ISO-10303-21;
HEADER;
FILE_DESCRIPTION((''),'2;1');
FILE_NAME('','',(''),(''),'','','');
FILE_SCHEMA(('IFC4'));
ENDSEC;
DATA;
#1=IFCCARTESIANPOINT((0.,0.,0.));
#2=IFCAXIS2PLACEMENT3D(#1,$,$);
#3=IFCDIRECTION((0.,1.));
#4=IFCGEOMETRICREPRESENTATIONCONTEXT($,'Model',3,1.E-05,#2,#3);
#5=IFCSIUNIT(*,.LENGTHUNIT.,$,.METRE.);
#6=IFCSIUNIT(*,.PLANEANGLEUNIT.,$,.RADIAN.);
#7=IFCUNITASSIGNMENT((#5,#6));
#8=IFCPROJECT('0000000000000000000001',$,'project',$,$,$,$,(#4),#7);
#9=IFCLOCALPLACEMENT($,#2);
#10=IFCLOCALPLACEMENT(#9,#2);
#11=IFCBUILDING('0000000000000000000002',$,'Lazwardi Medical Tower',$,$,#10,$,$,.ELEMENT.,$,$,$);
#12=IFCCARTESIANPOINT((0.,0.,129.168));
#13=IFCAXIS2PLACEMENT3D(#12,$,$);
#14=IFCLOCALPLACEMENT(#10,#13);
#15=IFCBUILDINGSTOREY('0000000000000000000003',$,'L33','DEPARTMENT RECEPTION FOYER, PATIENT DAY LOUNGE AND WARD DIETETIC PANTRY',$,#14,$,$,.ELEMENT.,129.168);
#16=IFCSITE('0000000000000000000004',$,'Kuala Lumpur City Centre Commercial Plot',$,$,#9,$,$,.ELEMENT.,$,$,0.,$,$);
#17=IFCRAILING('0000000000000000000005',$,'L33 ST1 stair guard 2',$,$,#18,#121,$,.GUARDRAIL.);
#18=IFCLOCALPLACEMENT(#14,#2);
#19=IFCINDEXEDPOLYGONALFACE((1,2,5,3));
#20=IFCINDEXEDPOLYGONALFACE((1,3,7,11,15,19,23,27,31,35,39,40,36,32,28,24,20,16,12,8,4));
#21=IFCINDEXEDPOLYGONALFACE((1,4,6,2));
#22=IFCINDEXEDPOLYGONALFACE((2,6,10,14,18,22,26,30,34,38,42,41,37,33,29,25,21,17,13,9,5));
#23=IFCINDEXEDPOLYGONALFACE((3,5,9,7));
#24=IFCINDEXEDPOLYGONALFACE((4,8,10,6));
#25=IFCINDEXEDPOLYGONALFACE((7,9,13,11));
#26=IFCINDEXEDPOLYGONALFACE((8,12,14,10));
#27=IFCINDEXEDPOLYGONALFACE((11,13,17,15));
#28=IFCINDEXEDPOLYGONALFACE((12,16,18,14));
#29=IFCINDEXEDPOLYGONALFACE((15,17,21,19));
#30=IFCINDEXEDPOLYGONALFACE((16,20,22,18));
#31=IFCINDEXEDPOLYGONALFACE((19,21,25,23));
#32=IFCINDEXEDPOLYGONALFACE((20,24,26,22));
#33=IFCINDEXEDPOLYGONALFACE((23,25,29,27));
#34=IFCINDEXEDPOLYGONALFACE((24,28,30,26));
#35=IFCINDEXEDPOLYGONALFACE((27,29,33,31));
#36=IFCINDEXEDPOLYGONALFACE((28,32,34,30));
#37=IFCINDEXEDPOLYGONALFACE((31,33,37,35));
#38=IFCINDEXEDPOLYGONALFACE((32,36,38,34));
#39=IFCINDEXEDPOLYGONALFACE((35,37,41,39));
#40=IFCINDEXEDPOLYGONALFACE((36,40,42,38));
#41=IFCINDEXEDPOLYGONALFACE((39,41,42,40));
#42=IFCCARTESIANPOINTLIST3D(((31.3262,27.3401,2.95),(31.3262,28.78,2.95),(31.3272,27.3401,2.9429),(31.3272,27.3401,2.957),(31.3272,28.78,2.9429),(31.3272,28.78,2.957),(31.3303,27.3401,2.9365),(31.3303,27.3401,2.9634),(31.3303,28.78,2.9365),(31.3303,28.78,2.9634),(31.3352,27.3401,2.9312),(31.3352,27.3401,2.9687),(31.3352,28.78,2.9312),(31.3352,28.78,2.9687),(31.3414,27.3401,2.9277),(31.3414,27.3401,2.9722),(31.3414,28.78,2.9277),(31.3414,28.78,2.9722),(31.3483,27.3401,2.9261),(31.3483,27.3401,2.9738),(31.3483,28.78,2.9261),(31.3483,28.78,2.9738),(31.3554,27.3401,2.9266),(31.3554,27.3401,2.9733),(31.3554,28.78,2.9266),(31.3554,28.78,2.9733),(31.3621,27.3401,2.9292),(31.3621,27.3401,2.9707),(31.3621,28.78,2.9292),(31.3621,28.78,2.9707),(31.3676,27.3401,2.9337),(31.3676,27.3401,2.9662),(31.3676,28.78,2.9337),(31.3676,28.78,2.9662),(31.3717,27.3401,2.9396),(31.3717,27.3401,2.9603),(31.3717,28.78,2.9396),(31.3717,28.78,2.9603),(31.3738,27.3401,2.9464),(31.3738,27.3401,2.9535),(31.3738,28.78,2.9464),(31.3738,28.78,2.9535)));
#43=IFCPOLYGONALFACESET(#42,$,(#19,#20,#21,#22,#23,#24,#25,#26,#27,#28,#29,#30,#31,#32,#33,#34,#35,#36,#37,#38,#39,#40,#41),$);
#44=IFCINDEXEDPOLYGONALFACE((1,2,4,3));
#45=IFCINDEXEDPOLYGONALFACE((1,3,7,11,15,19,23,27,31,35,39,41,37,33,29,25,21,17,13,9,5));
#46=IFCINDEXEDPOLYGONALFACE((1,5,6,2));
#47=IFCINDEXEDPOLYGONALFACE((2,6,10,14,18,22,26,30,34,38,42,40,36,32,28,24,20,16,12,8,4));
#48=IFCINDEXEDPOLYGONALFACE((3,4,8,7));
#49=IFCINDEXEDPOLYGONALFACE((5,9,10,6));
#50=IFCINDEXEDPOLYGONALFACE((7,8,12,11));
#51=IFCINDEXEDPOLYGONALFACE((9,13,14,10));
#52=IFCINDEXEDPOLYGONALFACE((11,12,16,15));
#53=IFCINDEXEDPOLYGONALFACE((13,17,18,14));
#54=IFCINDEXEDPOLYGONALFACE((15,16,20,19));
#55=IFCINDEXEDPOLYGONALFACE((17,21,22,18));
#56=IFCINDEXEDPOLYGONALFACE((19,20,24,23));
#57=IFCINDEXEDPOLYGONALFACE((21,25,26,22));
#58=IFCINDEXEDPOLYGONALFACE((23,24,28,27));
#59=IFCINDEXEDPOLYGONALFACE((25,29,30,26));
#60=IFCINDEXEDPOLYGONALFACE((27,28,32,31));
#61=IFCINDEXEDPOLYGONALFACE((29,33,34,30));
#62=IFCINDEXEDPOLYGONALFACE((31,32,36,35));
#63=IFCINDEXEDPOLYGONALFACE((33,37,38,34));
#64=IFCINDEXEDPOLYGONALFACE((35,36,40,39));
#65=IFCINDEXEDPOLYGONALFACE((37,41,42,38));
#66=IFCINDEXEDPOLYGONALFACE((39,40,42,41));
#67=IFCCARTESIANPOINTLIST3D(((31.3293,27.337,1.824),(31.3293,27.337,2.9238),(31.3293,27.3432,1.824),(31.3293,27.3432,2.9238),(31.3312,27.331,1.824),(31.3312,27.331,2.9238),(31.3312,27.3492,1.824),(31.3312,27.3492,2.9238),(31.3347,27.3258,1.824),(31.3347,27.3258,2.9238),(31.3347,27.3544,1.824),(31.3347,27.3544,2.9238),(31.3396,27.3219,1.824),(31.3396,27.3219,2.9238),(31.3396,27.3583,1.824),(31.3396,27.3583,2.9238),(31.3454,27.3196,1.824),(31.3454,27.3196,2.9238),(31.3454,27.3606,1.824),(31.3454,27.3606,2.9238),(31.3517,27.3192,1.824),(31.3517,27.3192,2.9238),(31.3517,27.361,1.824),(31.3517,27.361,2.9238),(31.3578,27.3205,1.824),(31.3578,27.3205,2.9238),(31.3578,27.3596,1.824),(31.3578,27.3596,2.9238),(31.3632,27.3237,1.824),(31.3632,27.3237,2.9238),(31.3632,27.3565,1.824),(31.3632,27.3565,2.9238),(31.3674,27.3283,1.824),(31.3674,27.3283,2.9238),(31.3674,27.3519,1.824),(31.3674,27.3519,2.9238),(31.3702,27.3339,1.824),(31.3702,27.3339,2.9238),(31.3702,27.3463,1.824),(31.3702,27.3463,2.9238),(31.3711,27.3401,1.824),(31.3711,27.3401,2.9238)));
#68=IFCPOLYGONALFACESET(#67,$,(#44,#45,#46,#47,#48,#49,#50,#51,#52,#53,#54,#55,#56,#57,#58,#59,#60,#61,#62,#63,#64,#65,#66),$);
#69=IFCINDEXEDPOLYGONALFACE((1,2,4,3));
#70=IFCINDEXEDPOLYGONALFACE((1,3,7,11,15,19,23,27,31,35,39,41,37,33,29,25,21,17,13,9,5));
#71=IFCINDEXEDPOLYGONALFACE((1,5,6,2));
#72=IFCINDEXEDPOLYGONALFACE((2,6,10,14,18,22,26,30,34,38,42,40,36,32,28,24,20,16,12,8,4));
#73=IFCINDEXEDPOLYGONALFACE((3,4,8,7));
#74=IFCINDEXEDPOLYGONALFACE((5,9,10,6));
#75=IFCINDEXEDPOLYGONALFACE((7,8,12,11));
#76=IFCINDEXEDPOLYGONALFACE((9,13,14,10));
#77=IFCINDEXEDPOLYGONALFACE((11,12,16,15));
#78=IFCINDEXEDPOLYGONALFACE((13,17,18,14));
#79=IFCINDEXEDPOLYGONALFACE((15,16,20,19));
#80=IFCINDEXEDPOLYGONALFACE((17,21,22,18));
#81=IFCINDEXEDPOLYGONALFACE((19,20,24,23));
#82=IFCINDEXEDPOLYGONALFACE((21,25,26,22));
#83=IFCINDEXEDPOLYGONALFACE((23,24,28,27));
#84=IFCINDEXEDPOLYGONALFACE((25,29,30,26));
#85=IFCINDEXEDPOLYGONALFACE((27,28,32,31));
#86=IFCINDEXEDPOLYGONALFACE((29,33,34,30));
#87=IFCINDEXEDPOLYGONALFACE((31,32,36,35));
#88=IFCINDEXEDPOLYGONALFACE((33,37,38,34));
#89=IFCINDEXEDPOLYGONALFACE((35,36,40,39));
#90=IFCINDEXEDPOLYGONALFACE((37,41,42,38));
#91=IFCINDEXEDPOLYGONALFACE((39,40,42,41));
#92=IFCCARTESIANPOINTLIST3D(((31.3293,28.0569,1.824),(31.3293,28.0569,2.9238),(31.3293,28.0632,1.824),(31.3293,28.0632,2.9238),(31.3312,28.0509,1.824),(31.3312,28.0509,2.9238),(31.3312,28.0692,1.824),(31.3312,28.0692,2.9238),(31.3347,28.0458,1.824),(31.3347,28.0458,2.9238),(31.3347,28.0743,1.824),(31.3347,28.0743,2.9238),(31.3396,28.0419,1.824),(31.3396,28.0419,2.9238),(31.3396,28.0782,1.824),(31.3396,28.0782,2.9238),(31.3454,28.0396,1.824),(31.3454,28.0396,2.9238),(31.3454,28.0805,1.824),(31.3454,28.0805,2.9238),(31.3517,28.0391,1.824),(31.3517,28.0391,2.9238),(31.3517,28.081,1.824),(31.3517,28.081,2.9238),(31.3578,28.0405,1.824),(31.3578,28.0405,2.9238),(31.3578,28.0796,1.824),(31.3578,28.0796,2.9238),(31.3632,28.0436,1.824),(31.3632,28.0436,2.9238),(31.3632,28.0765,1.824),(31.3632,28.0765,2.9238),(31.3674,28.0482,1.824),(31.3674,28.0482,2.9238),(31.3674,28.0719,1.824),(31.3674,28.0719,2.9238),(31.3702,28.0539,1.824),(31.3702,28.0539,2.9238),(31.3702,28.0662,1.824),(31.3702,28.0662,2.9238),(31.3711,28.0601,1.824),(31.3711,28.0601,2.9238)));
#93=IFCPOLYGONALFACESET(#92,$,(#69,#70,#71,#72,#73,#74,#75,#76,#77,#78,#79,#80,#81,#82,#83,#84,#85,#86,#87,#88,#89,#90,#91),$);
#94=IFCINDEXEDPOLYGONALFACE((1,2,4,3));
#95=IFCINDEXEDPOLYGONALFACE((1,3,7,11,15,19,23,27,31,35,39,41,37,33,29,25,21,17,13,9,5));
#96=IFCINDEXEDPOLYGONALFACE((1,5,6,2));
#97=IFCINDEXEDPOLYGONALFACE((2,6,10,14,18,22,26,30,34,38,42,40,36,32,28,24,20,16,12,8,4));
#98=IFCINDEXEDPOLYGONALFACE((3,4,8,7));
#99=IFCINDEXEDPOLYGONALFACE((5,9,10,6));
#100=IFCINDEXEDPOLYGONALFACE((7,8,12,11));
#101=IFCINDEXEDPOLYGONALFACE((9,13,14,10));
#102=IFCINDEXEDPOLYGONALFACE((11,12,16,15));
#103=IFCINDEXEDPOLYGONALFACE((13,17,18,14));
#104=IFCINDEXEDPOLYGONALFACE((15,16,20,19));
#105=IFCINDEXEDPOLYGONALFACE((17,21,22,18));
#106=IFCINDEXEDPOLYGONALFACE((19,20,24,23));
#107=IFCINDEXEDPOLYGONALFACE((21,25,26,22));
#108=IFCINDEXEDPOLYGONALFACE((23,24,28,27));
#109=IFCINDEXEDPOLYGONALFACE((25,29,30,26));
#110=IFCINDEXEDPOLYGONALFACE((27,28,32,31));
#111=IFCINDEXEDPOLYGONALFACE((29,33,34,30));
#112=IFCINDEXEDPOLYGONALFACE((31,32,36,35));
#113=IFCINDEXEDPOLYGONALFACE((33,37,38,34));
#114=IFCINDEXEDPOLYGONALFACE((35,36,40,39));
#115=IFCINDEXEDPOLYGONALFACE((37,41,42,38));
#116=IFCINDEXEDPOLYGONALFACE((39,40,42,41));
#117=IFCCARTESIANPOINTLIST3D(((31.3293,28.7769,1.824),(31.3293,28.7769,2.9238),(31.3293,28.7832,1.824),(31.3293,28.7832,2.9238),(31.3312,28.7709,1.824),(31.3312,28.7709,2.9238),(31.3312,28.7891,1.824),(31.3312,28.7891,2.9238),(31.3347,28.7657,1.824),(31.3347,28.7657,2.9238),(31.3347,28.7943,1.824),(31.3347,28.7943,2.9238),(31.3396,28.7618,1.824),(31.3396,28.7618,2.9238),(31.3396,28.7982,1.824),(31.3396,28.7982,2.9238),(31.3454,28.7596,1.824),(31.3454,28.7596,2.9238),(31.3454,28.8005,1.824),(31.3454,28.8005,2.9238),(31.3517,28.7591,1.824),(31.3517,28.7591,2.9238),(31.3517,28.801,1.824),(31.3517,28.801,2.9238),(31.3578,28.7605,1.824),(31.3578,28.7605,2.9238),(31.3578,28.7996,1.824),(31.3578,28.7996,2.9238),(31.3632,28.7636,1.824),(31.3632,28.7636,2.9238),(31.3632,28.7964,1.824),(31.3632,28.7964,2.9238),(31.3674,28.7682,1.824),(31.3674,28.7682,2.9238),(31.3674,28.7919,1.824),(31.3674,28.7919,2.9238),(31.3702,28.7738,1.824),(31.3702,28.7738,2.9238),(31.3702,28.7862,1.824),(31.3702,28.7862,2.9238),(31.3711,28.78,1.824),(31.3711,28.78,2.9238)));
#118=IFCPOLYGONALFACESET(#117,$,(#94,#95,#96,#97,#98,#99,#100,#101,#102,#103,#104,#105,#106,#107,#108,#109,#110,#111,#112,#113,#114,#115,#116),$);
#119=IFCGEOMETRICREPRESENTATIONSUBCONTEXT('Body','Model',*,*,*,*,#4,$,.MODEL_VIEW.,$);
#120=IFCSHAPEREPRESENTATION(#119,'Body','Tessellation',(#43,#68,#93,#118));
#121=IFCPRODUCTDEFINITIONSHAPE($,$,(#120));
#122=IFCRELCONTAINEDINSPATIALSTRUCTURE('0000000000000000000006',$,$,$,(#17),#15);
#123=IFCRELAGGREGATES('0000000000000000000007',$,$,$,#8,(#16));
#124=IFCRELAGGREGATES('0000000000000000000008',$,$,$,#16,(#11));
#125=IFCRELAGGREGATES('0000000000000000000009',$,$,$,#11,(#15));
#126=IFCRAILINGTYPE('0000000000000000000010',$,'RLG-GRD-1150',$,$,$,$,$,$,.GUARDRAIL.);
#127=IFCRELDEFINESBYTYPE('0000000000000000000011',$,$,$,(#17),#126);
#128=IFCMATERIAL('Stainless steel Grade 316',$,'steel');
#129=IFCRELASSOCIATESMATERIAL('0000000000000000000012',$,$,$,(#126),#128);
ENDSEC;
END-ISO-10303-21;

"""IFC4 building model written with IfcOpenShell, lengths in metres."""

from ifc_helpers import new_model, si_unit, direction, frame, origin, origin_2d, place, context, subcontext, project, spatial, circle, extrude, material, type_object, element, save


model = new_model("IFC4")

# Units and contexts
model_context = context("Model", 3, precision=1e-05, world=origin(), true_north=direction((0.0, 1.0)))
body_context = subcontext(model_context, "Body", "Model", "MODEL_VIEW")
ifc_project = project(units=[si_unit("LENGTHUNIT", "METRE"), si_unit("PLANEANGLEUNIT", "RADIAN")], contexts=[model_context])

# Site, building, storey
site_placement = place(None, origin())
site = spatial("IfcSite", under=ifc_project, at=site_placement, Name="Kuala Lumpur City Centre Commercial Plot", CompositionType="ELEMENT", RefElevation=0.0)
building_placement = place(site_placement, origin())
building = spatial("IfcBuilding", under=site, at=building_placement, Name="Lazwardi Medical Tower", CompositionType="ELEMENT")
storey_placement = place(building_placement, frame((0.0, 0.0, 129.168)))
storey = spatial("IfcBuildingStorey", under=building, at=storey_placement, Name="L33", Description="DEPARTMENT RECEPTION FOYER, PATIENT DAY LOUNGE AND WARD DIETETIC PANTRY", CompositionType="ELEMENT", Elevation=129.168)

# Railing
ifc_material_1 = material(Name="Stainless steel Grade 316", Category="steel")
railing_type_1 = type_object("IfcRailingType", Name="RLG-GRD-1150", PredefinedType="GUARDRAIL", material=ifc_material_1)
railing_1_placement = place(storey_placement, frame((31.3501, 27.3401, 1.824)))
element("IfcRailing", 1, at=railing_1_placement, inside=storey, type_object=railing_type_1, Name="L33 ST1 stair guard 2", PredefinedType="GUARDRAIL", context=body_context, shape_type="SweptSolid", body=[
    extrude(circle(Radius=0.0239, at=origin_2d()), frame((0.0, 0.0, 1.126), z_axis=(0.0, 1.0, 0.0), x_axis=(-1.0, 0.0, 0.0)), (0.0, 0.0, 1.0), 1.4399),
    extrude(circle(Radius=0.021, at=origin_2d()), origin(), (0.0, 0.0, 1.0), 1.0999),
    extrude(circle(Radius=0.021, at=origin_2d()), frame((0.0, 0.72, 0.0)), (0.0, 0.0, 1.0), 1.0999),
    extrude(circle(Radius=0.021, at=origin_2d()), frame((0.0, 1.4399, 0.0)), (0.0, 0.0, 1.0), 1.0999),
])

save(model, "model.ifc")
